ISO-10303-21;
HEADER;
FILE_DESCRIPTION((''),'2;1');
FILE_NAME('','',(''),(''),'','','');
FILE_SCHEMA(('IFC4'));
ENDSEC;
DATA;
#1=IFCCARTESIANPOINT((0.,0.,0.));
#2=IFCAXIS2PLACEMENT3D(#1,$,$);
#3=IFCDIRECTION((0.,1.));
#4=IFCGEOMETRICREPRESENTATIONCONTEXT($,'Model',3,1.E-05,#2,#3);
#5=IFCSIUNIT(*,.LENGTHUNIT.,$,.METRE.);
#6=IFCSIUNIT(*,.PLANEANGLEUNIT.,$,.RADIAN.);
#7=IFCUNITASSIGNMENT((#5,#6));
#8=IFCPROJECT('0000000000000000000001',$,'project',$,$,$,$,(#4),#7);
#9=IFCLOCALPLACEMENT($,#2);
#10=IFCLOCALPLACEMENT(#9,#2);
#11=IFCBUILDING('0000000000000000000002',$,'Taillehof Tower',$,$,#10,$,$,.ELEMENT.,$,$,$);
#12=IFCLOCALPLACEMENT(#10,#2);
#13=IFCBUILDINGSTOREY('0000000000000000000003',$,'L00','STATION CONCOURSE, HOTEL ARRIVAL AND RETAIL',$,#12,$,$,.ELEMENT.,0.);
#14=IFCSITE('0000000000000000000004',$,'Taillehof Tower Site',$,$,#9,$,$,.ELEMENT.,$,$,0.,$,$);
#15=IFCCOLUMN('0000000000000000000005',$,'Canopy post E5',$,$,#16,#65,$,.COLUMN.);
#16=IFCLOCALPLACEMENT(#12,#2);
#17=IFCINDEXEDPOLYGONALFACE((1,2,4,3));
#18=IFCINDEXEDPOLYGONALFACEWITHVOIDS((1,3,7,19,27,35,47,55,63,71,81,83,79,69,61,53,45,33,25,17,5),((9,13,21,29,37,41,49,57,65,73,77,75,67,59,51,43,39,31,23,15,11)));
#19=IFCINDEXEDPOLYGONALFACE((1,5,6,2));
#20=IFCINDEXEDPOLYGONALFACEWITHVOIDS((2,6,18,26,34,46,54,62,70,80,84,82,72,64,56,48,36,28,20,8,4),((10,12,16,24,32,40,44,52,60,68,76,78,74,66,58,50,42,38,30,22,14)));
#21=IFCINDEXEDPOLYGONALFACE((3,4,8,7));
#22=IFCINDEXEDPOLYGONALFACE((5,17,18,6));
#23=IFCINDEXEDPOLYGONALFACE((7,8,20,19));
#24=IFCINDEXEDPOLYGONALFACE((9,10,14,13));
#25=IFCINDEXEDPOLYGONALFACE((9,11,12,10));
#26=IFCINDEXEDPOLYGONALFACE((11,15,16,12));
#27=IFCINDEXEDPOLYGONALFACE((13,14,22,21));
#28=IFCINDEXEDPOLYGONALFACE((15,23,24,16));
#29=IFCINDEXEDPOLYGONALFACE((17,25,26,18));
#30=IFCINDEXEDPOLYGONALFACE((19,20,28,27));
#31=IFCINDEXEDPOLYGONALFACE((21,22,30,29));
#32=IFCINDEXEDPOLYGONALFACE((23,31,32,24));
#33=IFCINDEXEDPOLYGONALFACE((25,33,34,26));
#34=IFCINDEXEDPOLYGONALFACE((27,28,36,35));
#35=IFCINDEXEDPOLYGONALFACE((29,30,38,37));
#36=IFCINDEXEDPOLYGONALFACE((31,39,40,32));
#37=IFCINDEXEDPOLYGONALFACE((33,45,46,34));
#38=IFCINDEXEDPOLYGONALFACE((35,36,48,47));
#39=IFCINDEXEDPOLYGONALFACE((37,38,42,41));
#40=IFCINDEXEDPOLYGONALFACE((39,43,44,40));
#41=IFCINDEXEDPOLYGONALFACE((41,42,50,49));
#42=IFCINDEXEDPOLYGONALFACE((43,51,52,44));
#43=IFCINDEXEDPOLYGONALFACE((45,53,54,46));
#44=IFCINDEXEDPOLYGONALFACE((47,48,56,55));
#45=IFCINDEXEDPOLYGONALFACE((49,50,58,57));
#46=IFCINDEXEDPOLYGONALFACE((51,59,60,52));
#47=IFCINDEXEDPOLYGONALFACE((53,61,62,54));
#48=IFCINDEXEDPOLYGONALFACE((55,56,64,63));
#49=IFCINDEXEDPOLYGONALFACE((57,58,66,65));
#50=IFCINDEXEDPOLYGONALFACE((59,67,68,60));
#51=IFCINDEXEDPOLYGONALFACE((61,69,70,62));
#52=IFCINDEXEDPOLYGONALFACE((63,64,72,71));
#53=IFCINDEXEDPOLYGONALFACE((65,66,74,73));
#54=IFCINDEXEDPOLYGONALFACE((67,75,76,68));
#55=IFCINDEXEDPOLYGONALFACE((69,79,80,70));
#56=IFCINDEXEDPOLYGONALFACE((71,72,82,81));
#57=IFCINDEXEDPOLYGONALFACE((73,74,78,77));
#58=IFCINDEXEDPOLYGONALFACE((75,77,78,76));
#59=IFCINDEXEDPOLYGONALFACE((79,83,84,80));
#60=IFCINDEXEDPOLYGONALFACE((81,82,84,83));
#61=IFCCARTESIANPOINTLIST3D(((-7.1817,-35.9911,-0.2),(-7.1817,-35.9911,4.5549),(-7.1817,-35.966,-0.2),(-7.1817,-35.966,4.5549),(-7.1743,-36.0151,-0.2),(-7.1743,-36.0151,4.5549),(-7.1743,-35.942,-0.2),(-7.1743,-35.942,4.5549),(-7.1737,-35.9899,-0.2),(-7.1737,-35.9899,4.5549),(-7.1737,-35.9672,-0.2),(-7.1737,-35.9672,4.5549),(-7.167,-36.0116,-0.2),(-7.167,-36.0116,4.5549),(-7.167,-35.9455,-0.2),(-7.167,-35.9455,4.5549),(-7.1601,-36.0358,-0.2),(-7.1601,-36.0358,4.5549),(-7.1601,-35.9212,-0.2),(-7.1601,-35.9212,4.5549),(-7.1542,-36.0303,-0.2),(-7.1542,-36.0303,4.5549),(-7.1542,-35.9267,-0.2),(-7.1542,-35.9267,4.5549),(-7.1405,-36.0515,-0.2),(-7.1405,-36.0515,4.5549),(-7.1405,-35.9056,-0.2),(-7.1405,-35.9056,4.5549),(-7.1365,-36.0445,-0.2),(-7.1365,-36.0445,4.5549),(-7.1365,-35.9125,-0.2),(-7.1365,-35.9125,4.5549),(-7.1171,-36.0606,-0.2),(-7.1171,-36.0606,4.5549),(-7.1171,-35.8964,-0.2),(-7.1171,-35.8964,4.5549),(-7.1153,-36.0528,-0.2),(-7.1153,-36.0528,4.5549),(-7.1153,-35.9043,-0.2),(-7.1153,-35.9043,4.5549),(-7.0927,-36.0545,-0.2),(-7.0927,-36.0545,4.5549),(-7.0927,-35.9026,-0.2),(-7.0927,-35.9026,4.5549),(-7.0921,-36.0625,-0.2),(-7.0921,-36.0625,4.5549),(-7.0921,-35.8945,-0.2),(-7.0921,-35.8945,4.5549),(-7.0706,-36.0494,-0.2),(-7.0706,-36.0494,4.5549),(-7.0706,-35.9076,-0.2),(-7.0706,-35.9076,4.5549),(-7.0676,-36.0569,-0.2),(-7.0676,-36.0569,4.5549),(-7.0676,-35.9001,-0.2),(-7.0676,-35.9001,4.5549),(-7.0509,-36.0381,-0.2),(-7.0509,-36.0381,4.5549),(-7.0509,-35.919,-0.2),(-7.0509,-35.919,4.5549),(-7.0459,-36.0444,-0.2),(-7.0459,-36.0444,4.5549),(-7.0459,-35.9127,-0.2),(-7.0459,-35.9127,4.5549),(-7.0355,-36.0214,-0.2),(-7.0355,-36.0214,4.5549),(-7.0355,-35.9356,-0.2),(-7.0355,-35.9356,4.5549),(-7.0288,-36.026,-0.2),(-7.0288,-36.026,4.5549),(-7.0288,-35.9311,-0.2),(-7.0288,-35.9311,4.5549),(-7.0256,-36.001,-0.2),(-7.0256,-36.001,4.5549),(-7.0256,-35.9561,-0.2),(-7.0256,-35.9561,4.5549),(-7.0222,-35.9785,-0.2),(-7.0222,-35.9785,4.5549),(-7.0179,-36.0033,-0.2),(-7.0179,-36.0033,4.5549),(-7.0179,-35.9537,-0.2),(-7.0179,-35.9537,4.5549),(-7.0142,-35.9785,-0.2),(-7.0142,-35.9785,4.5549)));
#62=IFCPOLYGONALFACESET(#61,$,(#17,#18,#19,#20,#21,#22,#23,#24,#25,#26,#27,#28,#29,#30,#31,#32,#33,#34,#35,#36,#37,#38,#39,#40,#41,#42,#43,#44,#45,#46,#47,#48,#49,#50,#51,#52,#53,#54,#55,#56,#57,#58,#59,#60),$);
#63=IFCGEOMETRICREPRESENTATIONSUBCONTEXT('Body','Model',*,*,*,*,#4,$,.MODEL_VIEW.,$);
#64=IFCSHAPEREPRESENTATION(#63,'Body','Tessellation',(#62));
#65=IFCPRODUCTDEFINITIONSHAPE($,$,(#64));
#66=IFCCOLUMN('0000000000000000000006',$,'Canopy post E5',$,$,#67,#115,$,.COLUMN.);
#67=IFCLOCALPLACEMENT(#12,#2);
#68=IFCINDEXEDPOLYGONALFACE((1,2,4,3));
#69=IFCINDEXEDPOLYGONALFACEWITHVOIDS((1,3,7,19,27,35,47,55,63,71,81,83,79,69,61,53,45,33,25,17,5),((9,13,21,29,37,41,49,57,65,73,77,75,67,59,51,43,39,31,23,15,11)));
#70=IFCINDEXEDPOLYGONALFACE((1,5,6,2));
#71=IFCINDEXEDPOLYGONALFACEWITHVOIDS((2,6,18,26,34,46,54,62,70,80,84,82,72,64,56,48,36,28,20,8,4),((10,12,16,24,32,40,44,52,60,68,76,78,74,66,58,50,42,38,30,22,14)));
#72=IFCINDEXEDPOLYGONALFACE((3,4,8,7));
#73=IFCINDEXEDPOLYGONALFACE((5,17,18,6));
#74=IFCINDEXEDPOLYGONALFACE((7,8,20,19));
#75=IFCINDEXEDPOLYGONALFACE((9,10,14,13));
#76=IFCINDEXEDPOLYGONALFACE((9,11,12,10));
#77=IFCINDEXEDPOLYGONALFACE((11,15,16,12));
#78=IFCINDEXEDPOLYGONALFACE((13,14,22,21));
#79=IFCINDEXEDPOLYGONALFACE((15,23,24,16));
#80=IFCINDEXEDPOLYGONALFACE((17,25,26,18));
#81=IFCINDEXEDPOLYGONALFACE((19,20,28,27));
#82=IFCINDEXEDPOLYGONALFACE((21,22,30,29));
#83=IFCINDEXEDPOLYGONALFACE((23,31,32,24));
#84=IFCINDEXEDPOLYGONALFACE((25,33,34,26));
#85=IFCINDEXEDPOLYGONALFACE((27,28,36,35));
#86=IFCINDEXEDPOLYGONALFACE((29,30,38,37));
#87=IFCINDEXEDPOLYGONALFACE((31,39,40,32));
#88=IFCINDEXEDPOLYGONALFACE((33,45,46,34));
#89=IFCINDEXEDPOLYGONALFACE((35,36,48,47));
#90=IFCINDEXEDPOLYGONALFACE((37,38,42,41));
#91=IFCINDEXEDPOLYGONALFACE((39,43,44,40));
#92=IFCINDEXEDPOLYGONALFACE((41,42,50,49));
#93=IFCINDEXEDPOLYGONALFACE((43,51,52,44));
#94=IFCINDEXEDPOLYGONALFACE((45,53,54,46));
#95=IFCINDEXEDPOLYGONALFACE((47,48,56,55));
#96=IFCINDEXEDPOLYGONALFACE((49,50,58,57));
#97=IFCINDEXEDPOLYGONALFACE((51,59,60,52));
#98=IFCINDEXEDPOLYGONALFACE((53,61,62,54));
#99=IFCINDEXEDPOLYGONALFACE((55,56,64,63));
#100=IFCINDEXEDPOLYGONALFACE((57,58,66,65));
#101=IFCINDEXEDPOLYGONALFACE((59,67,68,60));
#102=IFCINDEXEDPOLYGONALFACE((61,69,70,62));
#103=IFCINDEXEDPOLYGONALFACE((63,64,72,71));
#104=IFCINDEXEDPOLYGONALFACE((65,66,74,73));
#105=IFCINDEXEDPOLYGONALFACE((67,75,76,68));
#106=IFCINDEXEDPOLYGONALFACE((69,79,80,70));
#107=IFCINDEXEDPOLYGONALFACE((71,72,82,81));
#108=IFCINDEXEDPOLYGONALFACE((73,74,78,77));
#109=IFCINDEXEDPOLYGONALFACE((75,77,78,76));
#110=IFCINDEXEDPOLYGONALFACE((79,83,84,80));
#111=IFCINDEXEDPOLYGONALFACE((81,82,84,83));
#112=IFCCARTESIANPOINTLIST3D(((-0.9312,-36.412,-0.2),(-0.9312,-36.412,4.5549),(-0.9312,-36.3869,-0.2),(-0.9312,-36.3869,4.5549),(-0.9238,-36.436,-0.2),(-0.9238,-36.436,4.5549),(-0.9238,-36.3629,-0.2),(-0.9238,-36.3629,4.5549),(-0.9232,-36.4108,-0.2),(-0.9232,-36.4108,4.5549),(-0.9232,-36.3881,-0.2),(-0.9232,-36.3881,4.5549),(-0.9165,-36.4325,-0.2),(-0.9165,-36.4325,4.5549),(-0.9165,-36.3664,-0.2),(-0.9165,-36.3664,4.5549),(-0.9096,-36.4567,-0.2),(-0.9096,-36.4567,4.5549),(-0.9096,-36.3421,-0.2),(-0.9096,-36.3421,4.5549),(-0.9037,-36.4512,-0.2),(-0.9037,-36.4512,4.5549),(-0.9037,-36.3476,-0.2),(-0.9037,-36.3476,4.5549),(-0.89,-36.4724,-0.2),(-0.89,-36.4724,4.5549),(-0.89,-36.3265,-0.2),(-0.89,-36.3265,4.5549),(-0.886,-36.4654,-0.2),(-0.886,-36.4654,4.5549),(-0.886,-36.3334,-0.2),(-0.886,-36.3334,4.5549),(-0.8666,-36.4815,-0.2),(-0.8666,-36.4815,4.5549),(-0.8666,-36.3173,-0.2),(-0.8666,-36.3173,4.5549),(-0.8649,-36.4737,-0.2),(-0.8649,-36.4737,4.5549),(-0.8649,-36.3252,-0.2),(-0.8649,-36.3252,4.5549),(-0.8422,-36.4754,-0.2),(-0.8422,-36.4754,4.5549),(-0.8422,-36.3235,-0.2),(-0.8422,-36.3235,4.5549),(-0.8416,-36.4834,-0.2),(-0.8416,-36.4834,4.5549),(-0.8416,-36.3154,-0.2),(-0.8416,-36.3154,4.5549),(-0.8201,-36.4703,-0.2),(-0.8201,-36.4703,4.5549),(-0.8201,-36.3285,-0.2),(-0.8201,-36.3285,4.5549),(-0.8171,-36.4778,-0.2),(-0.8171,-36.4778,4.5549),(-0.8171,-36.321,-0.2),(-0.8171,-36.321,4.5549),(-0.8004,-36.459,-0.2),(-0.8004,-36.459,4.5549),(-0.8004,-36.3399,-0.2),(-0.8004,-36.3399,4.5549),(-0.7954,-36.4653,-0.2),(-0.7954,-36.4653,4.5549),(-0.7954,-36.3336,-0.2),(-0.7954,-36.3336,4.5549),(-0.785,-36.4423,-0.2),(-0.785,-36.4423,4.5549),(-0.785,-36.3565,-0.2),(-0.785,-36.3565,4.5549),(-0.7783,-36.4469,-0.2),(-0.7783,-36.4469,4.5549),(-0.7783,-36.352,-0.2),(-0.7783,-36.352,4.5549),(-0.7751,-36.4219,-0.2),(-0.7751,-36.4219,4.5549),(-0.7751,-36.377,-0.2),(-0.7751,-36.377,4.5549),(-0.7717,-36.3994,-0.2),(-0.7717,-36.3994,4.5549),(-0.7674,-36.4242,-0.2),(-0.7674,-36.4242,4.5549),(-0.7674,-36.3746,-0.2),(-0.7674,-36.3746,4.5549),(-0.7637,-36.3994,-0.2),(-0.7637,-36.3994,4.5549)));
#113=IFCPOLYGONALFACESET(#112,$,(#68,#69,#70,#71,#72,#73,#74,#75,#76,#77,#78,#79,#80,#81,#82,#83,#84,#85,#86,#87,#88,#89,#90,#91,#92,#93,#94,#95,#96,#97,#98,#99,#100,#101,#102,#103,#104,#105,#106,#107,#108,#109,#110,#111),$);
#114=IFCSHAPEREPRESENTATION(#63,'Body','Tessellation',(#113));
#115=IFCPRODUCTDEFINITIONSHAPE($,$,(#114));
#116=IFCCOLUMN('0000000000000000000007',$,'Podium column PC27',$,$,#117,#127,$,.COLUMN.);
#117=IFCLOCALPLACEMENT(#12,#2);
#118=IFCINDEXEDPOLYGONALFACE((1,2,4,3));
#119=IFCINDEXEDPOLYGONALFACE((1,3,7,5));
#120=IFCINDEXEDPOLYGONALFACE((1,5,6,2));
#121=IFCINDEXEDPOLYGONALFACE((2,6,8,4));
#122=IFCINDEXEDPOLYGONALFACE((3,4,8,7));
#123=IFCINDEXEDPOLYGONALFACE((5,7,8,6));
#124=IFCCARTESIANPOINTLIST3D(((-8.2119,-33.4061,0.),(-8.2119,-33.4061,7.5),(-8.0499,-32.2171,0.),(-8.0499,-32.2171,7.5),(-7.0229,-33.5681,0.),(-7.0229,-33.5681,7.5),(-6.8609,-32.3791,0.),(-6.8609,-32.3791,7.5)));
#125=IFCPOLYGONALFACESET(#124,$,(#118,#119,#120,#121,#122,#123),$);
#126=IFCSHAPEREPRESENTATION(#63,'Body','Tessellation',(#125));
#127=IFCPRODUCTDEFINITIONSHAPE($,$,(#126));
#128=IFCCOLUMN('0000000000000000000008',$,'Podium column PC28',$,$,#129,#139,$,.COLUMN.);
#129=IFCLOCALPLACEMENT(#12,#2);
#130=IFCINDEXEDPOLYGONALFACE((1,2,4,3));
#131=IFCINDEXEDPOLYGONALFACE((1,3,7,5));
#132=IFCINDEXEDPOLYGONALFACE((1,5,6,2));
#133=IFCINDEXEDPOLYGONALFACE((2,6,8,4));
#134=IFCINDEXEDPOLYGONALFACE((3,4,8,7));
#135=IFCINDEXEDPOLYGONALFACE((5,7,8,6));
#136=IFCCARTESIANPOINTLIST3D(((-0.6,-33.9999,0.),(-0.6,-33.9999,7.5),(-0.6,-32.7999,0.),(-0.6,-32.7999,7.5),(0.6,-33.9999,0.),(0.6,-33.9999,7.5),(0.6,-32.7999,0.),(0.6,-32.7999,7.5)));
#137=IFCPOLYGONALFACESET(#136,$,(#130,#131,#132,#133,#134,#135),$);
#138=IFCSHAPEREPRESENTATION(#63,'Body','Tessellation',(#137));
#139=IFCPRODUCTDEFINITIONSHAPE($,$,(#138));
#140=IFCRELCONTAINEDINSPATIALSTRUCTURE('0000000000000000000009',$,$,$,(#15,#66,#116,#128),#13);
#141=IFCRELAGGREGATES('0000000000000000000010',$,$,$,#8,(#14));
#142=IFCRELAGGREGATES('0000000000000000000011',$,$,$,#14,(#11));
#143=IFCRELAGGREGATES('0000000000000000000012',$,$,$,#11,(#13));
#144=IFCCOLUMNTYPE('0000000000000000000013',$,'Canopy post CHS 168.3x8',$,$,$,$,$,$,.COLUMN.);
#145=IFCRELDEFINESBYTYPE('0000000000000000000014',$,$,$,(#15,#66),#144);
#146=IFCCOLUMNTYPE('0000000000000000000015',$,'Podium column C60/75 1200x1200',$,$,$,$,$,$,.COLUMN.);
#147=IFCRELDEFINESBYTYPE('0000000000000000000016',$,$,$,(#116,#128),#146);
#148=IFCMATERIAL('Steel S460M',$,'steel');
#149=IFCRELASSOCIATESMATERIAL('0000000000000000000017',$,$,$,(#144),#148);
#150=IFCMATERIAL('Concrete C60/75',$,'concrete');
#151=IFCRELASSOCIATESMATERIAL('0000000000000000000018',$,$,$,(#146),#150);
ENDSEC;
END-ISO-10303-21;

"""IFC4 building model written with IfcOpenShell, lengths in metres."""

from ifc_helpers import new_model, si_unit, direction, frame, origin, origin_2d, place, context, subcontext, project, spatial, rectangle, hollow_circle, extrude, material, material_profile, profile_set, type_object, element, save


model = new_model("IFC4")

# Units and contexts
model_context = context("Model", 3, precision=1e-05, world=origin(), true_north=direction((0.0, 1.0)))
body_context = subcontext(model_context, "Body", "Model", "MODEL_VIEW")
ifc_project = project(units=[si_unit("LENGTHUNIT", "METRE"), si_unit("PLANEANGLEUNIT", "RADIAN")], contexts=[model_context])

# Site, building, storey
site_placement = place(None, origin())
site = spatial("IfcSite", under=ifc_project, at=site_placement, Name="Taillehof Tower Site", CompositionType="ELEMENT", RefElevation=0.0)
building_placement = place(site_placement, origin())
building = spatial("IfcBuilding", under=site, at=building_placement, Name="Taillehof Tower", CompositionType="ELEMENT")
storey_placement = place(building_placement, origin())
storey = spatial("IfcBuildingStorey", under=building, at=storey_placement, Name="L00", Description="STATION CONCOURSE, HOTEL ARRIVAL AND RETAIL", CompositionType="ELEMENT", Elevation=0.0)

# Columns
ifc_material_1 = material(Name="Steel S460M", Category="steel")
ifc_material_profile_1 = material_profile(ifc_material_1, hollow_circle(Radius=0.0842, WallThickness=0.0081, at=origin_2d()), Name="CHS 168.3x8")
ifc_profile_set_1 = profile_set([ifc_material_profile_1], Name="Steel S460M")
column_type_1 = type_object("IfcColumnType", Name="Canopy post CHS 168.3x8", PredefinedType="COLUMN", material=ifc_profile_set_1)
for number, where, z_axis, x_axis, name in (
    (1, (-7.0984, -35.9785, -0.2), (0.0, 0.0, 1.0), (1.0, 0.0, 0.0), "Canopy post E5"),
    (2, (-0.8479, -36.3994, -0.2), (0.0, 0.0, 1.0), (1.0, 0.0, 0.0), "Canopy post E5"),
):
    element("IfcColumn", number, at=place(storey_placement, frame(where, z_axis=z_axis, x_axis=x_axis)), inside=storey, type_object=column_type_1, Name=name, PredefinedType="COLUMN", context=body_context, shape_type="SweptSolid", body=[
        extrude(hollow_circle(Radius=0.0842, WallThickness=0.0081, at=origin_2d()), origin(), (0.0, 0.0, 1.0), 4.7549),
    ])
ifc_material_2 = material(Name="Concrete C60/75", Category="concrete")
ifc_material_profile_2 = material_profile(ifc_material_2, rectangle(XDim=1.2, YDim=1.2, at=origin_2d()), Name="RC 1200x1200")
ifc_profile_set_2 = profile_set([ifc_material_profile_2], Name="Concrete C60/75")
column_type_2 = type_object("IfcColumnType", Name="Podium column C60/75 1200x1200", PredefinedType="COLUMN", material=ifc_profile_set_2)
for number, where, z_axis, x_axis, name in (
    (3, (-7.5364, -32.8926, 0.0), (0.0, 0.0, 1.0), (-0.135005, -0.990845, 0.0), "Podium column PC27"),
    (4, (0.0, -33.3999, 0.0), (0.0, 0.0, 1.0), (0.0, -1.0, 0.0), "Podium column PC28"),
):
    element("IfcColumn", number, at=place(storey_placement, frame(where, z_axis=z_axis, x_axis=x_axis)), inside=storey, type_object=column_type_2, Name=name, PredefinedType="COLUMN", context=body_context, shape_type="SweptSolid", body=[
        extrude(rectangle(XDim=1.2, YDim=1.2, at=origin_2d()), origin(), (0.0, 0.0, 1.0), 7.5),
    ])

save(model, "model.ifc")
